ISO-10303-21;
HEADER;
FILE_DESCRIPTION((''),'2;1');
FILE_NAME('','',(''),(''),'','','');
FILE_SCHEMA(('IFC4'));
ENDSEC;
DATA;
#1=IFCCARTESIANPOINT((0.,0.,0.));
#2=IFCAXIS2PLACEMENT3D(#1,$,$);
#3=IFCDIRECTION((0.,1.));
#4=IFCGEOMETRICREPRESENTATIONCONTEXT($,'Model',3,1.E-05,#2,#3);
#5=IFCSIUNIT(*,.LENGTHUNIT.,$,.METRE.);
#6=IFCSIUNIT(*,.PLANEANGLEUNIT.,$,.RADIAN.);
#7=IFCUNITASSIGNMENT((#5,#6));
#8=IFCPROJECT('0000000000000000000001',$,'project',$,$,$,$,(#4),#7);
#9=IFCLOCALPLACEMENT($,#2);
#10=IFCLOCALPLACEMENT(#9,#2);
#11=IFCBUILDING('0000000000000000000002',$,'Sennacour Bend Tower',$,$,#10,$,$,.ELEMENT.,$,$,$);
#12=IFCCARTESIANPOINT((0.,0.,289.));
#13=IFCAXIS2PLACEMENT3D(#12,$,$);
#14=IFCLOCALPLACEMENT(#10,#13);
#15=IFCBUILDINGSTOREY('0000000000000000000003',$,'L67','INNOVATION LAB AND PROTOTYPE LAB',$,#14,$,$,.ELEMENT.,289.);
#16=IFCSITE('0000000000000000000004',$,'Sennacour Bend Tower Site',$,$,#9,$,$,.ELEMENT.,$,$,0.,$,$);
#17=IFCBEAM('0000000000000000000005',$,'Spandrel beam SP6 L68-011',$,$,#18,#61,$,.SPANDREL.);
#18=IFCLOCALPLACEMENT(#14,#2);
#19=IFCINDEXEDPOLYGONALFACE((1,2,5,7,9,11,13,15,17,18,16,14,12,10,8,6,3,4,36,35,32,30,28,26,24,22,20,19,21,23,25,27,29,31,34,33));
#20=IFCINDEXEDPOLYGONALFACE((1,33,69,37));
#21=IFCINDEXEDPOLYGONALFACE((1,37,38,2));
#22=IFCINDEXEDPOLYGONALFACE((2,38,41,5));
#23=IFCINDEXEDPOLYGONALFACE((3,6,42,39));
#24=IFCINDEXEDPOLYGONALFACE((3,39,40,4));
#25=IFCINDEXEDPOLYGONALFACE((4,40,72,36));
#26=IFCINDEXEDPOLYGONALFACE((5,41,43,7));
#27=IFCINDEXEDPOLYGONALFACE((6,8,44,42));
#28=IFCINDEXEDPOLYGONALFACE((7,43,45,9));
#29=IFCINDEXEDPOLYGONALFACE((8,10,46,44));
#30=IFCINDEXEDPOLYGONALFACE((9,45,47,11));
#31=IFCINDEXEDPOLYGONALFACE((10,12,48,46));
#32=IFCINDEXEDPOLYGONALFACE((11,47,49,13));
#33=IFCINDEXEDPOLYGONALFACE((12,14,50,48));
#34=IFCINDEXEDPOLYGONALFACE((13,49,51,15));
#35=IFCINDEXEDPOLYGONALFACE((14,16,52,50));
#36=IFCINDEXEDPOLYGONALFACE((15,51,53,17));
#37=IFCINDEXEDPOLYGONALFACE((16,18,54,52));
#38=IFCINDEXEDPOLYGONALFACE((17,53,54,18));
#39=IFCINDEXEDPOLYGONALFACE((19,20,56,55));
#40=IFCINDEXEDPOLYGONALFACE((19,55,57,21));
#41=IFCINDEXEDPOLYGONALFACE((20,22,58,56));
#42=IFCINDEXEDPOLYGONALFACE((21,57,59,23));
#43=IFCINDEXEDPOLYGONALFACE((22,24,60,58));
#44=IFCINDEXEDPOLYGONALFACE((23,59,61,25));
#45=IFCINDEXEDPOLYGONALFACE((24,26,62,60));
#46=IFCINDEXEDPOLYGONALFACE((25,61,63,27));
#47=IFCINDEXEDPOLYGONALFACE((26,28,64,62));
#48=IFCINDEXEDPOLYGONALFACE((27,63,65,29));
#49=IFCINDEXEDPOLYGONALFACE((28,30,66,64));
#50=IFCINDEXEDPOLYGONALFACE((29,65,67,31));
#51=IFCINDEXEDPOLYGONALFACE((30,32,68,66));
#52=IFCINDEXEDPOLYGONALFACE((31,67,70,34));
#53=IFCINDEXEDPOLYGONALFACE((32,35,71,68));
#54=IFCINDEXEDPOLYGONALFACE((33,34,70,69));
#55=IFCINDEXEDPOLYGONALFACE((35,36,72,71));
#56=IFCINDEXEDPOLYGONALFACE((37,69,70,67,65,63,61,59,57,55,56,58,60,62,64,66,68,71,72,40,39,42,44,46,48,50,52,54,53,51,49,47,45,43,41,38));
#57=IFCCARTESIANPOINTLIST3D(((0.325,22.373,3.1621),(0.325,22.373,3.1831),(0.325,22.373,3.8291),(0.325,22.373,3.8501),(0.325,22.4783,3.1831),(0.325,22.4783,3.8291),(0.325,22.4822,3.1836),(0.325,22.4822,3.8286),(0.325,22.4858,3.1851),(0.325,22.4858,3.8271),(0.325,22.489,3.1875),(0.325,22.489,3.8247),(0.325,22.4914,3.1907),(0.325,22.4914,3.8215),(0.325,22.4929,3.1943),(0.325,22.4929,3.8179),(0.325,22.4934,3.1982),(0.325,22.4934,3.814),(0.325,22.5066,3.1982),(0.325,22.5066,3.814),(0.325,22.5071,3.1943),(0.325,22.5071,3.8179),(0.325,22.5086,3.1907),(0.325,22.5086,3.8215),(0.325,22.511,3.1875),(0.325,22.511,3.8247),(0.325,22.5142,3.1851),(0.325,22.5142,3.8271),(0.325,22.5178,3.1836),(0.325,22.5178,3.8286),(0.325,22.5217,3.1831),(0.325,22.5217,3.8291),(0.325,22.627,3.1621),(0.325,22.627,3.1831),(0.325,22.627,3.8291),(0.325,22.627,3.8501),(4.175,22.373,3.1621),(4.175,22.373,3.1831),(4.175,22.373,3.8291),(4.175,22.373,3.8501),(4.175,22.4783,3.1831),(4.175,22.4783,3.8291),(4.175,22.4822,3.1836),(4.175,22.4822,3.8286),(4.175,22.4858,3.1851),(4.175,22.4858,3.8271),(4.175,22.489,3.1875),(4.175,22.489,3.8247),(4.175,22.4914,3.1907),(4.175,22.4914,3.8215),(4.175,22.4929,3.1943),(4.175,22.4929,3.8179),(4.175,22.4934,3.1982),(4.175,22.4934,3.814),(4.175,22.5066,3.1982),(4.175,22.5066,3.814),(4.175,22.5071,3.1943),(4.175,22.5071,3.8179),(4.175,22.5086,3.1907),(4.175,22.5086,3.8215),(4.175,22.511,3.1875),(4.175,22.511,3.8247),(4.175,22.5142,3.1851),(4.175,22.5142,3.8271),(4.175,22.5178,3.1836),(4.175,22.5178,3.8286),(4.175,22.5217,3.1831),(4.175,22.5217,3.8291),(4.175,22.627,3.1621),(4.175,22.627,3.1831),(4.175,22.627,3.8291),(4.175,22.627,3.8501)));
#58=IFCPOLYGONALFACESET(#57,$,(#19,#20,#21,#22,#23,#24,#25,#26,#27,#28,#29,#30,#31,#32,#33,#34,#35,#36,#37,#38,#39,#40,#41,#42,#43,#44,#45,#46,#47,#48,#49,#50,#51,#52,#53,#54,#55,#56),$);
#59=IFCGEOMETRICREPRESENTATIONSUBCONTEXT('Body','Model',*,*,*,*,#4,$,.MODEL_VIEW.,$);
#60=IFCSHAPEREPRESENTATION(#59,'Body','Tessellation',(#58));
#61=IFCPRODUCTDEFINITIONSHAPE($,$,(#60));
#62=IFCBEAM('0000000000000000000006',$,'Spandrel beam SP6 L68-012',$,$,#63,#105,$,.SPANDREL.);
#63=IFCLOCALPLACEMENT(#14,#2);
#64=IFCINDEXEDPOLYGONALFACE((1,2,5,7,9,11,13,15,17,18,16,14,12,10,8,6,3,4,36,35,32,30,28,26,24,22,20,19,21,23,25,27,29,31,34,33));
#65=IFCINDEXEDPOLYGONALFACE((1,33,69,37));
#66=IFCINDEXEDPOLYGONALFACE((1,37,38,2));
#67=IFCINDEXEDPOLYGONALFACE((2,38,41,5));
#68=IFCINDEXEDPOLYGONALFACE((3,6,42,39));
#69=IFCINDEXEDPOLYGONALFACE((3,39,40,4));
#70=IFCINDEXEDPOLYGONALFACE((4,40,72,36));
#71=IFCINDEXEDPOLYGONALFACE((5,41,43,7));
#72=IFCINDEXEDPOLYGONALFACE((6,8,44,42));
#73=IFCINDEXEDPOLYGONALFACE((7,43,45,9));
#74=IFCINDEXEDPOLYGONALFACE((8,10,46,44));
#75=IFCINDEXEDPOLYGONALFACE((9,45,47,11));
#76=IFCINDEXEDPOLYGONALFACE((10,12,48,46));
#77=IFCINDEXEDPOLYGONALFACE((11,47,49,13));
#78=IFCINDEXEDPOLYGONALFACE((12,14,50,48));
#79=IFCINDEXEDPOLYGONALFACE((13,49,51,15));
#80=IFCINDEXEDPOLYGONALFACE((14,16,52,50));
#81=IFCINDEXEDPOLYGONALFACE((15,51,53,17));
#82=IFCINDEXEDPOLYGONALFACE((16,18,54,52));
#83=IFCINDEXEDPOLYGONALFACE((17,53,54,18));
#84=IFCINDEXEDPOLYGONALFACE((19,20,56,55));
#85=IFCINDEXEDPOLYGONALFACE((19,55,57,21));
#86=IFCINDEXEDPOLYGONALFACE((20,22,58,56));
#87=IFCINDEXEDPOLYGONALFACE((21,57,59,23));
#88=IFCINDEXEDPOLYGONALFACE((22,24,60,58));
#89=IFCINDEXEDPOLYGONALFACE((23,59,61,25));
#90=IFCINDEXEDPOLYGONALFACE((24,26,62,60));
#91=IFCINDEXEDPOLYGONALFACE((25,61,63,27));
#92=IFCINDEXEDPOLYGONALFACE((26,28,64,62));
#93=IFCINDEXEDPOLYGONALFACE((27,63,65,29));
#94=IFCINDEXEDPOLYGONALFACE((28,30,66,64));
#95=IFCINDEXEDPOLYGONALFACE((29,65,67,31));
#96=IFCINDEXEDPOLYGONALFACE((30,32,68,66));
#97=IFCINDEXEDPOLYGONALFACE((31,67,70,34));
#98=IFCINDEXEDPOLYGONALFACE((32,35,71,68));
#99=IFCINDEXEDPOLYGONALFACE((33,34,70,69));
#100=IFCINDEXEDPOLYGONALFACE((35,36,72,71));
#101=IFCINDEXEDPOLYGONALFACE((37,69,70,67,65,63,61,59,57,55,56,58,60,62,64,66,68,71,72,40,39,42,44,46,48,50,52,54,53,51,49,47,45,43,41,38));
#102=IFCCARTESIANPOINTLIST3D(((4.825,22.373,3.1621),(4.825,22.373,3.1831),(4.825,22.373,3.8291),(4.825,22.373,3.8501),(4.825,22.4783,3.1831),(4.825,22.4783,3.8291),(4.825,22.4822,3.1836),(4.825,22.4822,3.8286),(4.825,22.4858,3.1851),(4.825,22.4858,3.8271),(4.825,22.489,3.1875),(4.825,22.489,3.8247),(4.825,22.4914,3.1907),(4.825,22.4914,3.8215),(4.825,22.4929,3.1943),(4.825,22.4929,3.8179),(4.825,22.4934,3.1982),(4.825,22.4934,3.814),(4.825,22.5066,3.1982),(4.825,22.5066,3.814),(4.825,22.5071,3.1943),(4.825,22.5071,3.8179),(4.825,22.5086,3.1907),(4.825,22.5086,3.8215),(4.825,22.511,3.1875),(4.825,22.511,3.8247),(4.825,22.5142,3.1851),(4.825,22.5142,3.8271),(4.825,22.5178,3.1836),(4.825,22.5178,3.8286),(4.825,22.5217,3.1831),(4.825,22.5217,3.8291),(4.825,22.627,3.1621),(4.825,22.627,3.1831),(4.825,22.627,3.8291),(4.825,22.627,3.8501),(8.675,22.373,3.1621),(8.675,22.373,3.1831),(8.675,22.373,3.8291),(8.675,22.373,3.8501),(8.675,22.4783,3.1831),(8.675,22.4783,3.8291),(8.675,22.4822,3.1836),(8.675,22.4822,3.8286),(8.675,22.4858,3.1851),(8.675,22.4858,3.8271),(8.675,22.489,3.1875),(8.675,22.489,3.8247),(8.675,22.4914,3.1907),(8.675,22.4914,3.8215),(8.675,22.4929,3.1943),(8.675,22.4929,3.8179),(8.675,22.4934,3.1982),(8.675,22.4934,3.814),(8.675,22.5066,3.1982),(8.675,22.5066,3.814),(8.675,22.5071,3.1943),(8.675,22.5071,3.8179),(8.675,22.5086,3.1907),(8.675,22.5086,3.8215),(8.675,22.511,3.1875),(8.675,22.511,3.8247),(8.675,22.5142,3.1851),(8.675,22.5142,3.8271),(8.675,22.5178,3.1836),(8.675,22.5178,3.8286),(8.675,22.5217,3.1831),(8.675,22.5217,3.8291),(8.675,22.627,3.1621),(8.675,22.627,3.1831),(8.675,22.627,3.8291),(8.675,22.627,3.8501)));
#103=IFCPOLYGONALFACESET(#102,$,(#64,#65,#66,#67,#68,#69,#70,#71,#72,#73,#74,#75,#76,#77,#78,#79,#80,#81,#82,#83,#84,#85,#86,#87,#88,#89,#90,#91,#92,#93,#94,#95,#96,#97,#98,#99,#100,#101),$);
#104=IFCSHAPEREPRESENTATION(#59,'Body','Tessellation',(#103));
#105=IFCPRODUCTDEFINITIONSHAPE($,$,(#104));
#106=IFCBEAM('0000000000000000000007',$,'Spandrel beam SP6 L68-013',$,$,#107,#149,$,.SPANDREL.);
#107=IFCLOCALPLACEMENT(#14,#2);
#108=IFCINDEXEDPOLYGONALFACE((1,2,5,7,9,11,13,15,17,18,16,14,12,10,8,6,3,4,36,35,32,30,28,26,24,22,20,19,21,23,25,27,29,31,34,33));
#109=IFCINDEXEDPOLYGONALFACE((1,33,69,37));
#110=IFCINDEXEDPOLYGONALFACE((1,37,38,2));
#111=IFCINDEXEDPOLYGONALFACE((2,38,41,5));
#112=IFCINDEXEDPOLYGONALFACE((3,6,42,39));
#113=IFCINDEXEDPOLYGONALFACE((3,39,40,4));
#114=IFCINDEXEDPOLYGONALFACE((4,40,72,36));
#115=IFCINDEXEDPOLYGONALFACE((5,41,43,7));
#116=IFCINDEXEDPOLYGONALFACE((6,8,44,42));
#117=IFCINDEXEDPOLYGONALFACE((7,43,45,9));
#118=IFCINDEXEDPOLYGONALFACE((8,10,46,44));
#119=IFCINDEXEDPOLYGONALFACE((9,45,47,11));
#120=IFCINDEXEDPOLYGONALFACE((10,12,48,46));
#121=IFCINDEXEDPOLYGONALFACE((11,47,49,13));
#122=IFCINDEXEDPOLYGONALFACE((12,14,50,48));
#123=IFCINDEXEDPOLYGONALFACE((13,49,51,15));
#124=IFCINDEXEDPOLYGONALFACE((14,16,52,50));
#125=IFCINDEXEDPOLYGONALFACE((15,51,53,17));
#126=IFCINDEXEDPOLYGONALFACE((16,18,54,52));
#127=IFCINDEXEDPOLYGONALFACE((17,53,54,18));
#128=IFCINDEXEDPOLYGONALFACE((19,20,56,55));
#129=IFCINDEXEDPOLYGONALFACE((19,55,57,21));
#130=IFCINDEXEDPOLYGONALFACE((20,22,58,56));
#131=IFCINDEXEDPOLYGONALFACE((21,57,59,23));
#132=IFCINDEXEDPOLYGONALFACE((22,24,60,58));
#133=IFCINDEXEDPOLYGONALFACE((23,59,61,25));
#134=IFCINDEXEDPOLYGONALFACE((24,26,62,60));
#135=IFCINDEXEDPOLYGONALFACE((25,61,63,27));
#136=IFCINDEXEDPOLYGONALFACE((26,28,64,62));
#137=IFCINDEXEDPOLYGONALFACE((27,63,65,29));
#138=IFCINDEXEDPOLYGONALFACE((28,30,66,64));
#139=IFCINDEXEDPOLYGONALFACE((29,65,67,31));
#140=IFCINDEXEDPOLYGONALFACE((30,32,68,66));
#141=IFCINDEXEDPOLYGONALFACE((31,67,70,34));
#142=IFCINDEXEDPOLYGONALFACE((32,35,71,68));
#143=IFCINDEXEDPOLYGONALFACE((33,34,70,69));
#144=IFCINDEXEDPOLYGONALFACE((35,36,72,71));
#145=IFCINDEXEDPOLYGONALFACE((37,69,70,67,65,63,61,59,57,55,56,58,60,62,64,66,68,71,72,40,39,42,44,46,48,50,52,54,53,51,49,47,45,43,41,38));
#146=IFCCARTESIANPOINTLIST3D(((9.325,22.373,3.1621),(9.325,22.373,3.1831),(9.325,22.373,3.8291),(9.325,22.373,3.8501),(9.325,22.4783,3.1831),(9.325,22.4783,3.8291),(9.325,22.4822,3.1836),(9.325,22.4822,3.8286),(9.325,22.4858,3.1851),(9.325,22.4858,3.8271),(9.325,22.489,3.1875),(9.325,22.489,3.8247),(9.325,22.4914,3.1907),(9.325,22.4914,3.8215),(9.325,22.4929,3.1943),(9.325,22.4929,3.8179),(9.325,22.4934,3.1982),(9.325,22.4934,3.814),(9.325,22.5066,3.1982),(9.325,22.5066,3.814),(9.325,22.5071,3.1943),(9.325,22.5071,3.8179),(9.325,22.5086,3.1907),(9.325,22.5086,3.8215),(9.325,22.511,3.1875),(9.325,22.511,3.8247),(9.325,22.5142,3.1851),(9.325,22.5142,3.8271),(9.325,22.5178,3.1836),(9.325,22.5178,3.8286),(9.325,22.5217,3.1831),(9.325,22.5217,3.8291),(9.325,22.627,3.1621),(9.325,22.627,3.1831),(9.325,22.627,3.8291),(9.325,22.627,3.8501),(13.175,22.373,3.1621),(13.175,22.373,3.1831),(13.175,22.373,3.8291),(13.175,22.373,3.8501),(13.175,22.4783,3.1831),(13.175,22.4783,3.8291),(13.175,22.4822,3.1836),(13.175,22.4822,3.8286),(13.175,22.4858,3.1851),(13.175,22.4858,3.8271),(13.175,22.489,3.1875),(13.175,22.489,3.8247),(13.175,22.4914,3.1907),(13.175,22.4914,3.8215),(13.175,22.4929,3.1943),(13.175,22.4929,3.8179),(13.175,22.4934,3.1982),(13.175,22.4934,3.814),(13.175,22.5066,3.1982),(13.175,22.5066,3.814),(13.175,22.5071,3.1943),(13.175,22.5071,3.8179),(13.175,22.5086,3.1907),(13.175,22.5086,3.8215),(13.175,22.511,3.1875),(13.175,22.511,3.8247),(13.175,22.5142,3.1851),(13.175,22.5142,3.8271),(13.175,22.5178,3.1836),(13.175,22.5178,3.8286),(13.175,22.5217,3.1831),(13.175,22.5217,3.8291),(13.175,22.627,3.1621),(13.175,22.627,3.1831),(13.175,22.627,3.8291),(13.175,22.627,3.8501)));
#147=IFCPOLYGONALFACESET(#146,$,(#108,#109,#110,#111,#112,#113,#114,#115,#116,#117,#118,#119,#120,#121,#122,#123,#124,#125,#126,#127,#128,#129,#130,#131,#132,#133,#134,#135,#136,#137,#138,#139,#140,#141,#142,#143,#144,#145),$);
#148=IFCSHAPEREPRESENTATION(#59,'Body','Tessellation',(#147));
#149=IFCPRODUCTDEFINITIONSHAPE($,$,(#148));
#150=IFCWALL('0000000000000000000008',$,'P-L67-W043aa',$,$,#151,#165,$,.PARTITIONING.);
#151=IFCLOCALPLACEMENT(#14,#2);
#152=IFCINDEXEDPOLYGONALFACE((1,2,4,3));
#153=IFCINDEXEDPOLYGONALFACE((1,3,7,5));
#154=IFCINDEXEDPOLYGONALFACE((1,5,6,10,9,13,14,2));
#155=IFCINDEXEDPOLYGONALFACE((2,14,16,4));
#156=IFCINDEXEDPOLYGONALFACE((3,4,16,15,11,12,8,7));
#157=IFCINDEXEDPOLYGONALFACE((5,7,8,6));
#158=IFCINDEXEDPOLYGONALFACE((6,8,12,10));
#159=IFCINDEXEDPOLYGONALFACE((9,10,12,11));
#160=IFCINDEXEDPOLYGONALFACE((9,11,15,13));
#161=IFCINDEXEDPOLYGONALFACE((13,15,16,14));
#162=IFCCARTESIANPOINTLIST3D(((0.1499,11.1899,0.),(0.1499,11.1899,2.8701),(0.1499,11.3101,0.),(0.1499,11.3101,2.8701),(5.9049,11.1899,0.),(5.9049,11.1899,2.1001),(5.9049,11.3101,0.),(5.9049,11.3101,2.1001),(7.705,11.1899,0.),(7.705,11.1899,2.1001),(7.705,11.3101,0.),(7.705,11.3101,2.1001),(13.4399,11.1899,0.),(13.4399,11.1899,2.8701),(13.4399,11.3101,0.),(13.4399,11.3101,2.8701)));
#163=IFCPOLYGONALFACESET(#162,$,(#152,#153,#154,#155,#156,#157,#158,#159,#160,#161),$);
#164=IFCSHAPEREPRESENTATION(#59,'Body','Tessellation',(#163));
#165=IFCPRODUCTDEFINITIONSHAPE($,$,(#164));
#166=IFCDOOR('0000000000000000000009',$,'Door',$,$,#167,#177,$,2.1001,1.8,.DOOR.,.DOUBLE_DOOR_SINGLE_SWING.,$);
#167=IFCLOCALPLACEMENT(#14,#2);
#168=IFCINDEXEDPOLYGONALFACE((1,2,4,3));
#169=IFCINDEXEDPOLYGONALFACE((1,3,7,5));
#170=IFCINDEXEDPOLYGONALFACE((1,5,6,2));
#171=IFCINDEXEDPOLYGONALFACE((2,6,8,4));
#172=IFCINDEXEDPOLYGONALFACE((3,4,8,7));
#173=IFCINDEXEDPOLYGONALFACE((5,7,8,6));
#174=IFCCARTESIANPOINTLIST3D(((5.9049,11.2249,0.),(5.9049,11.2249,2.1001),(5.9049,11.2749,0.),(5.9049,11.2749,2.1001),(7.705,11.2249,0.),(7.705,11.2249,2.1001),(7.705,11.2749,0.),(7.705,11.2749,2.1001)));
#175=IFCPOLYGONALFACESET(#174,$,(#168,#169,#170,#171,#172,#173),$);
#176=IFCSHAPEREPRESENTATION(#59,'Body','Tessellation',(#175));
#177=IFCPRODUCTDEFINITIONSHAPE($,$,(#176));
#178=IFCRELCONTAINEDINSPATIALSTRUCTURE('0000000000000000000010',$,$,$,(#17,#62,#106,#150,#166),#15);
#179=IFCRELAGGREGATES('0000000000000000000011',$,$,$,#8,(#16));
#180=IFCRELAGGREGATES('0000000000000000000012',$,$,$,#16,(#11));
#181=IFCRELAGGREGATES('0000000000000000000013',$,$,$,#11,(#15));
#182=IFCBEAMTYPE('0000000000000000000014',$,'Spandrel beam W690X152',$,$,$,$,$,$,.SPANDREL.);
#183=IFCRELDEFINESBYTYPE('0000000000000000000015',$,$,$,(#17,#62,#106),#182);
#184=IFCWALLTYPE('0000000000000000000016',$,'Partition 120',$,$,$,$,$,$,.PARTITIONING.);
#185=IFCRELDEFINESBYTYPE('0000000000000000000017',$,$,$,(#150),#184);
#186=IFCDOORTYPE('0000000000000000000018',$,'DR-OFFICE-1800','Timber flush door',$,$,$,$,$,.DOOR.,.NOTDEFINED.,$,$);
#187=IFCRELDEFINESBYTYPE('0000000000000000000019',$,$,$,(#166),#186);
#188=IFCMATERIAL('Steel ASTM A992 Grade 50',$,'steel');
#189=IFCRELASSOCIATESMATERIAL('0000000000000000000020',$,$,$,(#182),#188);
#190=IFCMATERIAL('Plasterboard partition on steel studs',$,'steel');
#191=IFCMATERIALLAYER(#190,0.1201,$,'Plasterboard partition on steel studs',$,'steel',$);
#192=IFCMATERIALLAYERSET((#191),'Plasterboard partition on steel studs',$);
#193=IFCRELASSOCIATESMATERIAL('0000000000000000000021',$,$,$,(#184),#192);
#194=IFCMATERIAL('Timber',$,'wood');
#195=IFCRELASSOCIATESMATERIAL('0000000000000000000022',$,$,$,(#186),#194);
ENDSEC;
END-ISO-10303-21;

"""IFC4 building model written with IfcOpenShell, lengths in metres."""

from ifc_helpers import new_model, si_unit, direction, frame, frame_2d, origin, origin_2d, place, context, subcontext, project, spatial, rectangle, i_section, extrude, material, layer, layer_set, material_profile, profile_set, type_object, element, fill, save


model = new_model("IFC4")

# Units and contexts
model_context = context("Model", 3, precision=1e-05, world=origin(), true_north=direction((0.0, 1.0)))
body_context = subcontext(model_context, "Body", "Model", "MODEL_VIEW")
ifc_project = project(units=[si_unit("LENGTHUNIT", "METRE"), si_unit("PLANEANGLEUNIT", "RADIAN")], contexts=[model_context])

# Site, building, storey
site_placement = place(None, origin())
site = spatial("IfcSite", under=ifc_project, at=site_placement, Name="Sennacour Bend Tower Site", CompositionType="ELEMENT", RefElevation=0.0)
building_placement = place(site_placement, origin())
building = spatial("IfcBuilding", under=site, at=building_placement, Name="Sennacour Bend Tower", CompositionType="ELEMENT")
storey_placement = place(building_placement, frame((0.0, 0.0, 289.0)))
storey = spatial("IfcBuildingStorey", under=building, at=storey_placement, Name="L67", Description="INNOVATION LAB AND PROTOTYPE LAB", CompositionType="ELEMENT", Elevation=289.0)

# Beams
ifc_material_1 = material(Name="Steel ASTM A992 Grade 50", Category="steel")
ifc_material_profile_1 = material_profile(ifc_material_1, i_section(OverallWidth=0.2539, OverallDepth=0.688, WebThickness=0.0132, FlangeThickness=0.021, FilletRadius=0.0151, at=origin_2d()), Name="Steel ASTM A992 Grade 50", Category="steel")
ifc_profile_set_1 = profile_set([ifc_material_profile_1], Name="Steel ASTM A992 Grade 50")
beam_type = type_object("IfcBeamType", Name="Spandrel beam W690X152", PredefinedType="SPANDREL", material=ifc_profile_set_1)
for number, where, z_axis, x_axis, name in (
    (1, (0.325, 22.5, 3.5061), (1.0, 0.0, 0.0), (0.0, 1.0, 0.0), "Spandrel beam SP6 L68-011"),
    (2, (4.825, 22.5, 3.5061), (1.0, 0.0, 0.0), (0.0, 1.0, 0.0), "Spandrel beam SP6 L68-012"),
    (3, (9.325, 22.5, 3.5061), (1.0, 0.0, 0.0), (0.0, 1.0, 0.0), "Spandrel beam SP6 L68-013"),
):
    element("IfcBeam", number, at=place(storey_placement, frame(where, z_axis=z_axis, x_axis=x_axis)), inside=storey, type_object=beam_type, Name=name, PredefinedType="SPANDREL", context=body_context, shape_type="SweptSolid", body=[
        extrude(i_section(OverallWidth=0.2539, OverallDepth=0.688, WebThickness=0.0132, FlangeThickness=0.021, FilletRadius=0.0151, at=origin_2d()), origin(), (0.0, 0.0, 1.0), 3.8501),
    ])

# Wall, opening, door
ifc_material_2 = material(Name="Plasterboard partition on steel studs", Category="steel")
ifc_layer_1 = layer(ifc_material_2, 0.1201, Name="Plasterboard partition on steel studs", Category="steel")
ifc_layer_set_1 = layer_set([ifc_layer_1], Name="Plasterboard partition on steel studs")
wall_type_1 = type_object("IfcWallType", Name="Partition 120", PredefinedType="PARTITIONING", material=ifc_layer_set_1)
wall_1_placement = place(storey_placement, frame((0.1499, 11.25, 0.0), z_axis=(0.0, 0.0, 1.0), x_axis=(1.0, 0.0, 0.0)))
wall_1 = element("IfcWall", 4, at=wall_1_placement, inside=storey, type_object=wall_type_1, Name="P-L67-W043aa", PredefinedType="PARTITIONING", context=body_context, shape_type="SweptSolid", body=[
    extrude(rectangle(XDim=13.29, YDim=0.1201, at=frame_2d((6.645, 0.0))), origin(), (0.0, 0.0, 1.0), 2.8701),
])
opening_1_placement = place(wall_1_placement, frame((5.7551, 0.0, 0.0)))
opening_1 = element("IfcOpeningElement", 5, at=opening_1_placement, cuts=wall_1, PredefinedType="OPENING", context=body_context, shape_type="SweptSolid", body=[
    extrude(rectangle(XDim=1.8, YDim=2.1001, at=frame_2d((0.8999, 1.05))), frame((0.0, 0.0701, 0.0), z_axis=(0.0, -1.0, 0.0), x_axis=(1.0, 0.0, 0.0)), (0.0, 0.0, 1.0), 0.1401),
])
ifc_material_3 = material(Name="Timber", Category="wood")
door_type = type_object("IfcDoorType", Name="DR-OFFICE-1800", Description="Timber flush door", OperationType="NOTDEFINED", PredefinedType="DOOR", material=ifc_material_3)
door_placement = place(opening_1_placement, origin())
door = element("IfcDoor", 6, at=door_placement, inside=storey, type_object=door_type, Name="Door", OperationType="DOUBLE_DOOR_SINGLE_SWING", OverallHeight=2.1001, OverallWidth=1.8, PredefinedType="DOOR", context=body_context, shape_type="SweptSolid", body=[
    extrude(rectangle(XDim=1.8, YDim=2.1001, at=frame_2d((0.8999, 1.05))), frame((0.0, 0.0249, 0.0), z_axis=(0.0, -1.0, 0.0), x_axis=(1.0, 0.0, 0.0)), (0.0, 0.0, 1.0), 0.05),
])
fill(opening_1, door)

save(model, "model.ifc")
